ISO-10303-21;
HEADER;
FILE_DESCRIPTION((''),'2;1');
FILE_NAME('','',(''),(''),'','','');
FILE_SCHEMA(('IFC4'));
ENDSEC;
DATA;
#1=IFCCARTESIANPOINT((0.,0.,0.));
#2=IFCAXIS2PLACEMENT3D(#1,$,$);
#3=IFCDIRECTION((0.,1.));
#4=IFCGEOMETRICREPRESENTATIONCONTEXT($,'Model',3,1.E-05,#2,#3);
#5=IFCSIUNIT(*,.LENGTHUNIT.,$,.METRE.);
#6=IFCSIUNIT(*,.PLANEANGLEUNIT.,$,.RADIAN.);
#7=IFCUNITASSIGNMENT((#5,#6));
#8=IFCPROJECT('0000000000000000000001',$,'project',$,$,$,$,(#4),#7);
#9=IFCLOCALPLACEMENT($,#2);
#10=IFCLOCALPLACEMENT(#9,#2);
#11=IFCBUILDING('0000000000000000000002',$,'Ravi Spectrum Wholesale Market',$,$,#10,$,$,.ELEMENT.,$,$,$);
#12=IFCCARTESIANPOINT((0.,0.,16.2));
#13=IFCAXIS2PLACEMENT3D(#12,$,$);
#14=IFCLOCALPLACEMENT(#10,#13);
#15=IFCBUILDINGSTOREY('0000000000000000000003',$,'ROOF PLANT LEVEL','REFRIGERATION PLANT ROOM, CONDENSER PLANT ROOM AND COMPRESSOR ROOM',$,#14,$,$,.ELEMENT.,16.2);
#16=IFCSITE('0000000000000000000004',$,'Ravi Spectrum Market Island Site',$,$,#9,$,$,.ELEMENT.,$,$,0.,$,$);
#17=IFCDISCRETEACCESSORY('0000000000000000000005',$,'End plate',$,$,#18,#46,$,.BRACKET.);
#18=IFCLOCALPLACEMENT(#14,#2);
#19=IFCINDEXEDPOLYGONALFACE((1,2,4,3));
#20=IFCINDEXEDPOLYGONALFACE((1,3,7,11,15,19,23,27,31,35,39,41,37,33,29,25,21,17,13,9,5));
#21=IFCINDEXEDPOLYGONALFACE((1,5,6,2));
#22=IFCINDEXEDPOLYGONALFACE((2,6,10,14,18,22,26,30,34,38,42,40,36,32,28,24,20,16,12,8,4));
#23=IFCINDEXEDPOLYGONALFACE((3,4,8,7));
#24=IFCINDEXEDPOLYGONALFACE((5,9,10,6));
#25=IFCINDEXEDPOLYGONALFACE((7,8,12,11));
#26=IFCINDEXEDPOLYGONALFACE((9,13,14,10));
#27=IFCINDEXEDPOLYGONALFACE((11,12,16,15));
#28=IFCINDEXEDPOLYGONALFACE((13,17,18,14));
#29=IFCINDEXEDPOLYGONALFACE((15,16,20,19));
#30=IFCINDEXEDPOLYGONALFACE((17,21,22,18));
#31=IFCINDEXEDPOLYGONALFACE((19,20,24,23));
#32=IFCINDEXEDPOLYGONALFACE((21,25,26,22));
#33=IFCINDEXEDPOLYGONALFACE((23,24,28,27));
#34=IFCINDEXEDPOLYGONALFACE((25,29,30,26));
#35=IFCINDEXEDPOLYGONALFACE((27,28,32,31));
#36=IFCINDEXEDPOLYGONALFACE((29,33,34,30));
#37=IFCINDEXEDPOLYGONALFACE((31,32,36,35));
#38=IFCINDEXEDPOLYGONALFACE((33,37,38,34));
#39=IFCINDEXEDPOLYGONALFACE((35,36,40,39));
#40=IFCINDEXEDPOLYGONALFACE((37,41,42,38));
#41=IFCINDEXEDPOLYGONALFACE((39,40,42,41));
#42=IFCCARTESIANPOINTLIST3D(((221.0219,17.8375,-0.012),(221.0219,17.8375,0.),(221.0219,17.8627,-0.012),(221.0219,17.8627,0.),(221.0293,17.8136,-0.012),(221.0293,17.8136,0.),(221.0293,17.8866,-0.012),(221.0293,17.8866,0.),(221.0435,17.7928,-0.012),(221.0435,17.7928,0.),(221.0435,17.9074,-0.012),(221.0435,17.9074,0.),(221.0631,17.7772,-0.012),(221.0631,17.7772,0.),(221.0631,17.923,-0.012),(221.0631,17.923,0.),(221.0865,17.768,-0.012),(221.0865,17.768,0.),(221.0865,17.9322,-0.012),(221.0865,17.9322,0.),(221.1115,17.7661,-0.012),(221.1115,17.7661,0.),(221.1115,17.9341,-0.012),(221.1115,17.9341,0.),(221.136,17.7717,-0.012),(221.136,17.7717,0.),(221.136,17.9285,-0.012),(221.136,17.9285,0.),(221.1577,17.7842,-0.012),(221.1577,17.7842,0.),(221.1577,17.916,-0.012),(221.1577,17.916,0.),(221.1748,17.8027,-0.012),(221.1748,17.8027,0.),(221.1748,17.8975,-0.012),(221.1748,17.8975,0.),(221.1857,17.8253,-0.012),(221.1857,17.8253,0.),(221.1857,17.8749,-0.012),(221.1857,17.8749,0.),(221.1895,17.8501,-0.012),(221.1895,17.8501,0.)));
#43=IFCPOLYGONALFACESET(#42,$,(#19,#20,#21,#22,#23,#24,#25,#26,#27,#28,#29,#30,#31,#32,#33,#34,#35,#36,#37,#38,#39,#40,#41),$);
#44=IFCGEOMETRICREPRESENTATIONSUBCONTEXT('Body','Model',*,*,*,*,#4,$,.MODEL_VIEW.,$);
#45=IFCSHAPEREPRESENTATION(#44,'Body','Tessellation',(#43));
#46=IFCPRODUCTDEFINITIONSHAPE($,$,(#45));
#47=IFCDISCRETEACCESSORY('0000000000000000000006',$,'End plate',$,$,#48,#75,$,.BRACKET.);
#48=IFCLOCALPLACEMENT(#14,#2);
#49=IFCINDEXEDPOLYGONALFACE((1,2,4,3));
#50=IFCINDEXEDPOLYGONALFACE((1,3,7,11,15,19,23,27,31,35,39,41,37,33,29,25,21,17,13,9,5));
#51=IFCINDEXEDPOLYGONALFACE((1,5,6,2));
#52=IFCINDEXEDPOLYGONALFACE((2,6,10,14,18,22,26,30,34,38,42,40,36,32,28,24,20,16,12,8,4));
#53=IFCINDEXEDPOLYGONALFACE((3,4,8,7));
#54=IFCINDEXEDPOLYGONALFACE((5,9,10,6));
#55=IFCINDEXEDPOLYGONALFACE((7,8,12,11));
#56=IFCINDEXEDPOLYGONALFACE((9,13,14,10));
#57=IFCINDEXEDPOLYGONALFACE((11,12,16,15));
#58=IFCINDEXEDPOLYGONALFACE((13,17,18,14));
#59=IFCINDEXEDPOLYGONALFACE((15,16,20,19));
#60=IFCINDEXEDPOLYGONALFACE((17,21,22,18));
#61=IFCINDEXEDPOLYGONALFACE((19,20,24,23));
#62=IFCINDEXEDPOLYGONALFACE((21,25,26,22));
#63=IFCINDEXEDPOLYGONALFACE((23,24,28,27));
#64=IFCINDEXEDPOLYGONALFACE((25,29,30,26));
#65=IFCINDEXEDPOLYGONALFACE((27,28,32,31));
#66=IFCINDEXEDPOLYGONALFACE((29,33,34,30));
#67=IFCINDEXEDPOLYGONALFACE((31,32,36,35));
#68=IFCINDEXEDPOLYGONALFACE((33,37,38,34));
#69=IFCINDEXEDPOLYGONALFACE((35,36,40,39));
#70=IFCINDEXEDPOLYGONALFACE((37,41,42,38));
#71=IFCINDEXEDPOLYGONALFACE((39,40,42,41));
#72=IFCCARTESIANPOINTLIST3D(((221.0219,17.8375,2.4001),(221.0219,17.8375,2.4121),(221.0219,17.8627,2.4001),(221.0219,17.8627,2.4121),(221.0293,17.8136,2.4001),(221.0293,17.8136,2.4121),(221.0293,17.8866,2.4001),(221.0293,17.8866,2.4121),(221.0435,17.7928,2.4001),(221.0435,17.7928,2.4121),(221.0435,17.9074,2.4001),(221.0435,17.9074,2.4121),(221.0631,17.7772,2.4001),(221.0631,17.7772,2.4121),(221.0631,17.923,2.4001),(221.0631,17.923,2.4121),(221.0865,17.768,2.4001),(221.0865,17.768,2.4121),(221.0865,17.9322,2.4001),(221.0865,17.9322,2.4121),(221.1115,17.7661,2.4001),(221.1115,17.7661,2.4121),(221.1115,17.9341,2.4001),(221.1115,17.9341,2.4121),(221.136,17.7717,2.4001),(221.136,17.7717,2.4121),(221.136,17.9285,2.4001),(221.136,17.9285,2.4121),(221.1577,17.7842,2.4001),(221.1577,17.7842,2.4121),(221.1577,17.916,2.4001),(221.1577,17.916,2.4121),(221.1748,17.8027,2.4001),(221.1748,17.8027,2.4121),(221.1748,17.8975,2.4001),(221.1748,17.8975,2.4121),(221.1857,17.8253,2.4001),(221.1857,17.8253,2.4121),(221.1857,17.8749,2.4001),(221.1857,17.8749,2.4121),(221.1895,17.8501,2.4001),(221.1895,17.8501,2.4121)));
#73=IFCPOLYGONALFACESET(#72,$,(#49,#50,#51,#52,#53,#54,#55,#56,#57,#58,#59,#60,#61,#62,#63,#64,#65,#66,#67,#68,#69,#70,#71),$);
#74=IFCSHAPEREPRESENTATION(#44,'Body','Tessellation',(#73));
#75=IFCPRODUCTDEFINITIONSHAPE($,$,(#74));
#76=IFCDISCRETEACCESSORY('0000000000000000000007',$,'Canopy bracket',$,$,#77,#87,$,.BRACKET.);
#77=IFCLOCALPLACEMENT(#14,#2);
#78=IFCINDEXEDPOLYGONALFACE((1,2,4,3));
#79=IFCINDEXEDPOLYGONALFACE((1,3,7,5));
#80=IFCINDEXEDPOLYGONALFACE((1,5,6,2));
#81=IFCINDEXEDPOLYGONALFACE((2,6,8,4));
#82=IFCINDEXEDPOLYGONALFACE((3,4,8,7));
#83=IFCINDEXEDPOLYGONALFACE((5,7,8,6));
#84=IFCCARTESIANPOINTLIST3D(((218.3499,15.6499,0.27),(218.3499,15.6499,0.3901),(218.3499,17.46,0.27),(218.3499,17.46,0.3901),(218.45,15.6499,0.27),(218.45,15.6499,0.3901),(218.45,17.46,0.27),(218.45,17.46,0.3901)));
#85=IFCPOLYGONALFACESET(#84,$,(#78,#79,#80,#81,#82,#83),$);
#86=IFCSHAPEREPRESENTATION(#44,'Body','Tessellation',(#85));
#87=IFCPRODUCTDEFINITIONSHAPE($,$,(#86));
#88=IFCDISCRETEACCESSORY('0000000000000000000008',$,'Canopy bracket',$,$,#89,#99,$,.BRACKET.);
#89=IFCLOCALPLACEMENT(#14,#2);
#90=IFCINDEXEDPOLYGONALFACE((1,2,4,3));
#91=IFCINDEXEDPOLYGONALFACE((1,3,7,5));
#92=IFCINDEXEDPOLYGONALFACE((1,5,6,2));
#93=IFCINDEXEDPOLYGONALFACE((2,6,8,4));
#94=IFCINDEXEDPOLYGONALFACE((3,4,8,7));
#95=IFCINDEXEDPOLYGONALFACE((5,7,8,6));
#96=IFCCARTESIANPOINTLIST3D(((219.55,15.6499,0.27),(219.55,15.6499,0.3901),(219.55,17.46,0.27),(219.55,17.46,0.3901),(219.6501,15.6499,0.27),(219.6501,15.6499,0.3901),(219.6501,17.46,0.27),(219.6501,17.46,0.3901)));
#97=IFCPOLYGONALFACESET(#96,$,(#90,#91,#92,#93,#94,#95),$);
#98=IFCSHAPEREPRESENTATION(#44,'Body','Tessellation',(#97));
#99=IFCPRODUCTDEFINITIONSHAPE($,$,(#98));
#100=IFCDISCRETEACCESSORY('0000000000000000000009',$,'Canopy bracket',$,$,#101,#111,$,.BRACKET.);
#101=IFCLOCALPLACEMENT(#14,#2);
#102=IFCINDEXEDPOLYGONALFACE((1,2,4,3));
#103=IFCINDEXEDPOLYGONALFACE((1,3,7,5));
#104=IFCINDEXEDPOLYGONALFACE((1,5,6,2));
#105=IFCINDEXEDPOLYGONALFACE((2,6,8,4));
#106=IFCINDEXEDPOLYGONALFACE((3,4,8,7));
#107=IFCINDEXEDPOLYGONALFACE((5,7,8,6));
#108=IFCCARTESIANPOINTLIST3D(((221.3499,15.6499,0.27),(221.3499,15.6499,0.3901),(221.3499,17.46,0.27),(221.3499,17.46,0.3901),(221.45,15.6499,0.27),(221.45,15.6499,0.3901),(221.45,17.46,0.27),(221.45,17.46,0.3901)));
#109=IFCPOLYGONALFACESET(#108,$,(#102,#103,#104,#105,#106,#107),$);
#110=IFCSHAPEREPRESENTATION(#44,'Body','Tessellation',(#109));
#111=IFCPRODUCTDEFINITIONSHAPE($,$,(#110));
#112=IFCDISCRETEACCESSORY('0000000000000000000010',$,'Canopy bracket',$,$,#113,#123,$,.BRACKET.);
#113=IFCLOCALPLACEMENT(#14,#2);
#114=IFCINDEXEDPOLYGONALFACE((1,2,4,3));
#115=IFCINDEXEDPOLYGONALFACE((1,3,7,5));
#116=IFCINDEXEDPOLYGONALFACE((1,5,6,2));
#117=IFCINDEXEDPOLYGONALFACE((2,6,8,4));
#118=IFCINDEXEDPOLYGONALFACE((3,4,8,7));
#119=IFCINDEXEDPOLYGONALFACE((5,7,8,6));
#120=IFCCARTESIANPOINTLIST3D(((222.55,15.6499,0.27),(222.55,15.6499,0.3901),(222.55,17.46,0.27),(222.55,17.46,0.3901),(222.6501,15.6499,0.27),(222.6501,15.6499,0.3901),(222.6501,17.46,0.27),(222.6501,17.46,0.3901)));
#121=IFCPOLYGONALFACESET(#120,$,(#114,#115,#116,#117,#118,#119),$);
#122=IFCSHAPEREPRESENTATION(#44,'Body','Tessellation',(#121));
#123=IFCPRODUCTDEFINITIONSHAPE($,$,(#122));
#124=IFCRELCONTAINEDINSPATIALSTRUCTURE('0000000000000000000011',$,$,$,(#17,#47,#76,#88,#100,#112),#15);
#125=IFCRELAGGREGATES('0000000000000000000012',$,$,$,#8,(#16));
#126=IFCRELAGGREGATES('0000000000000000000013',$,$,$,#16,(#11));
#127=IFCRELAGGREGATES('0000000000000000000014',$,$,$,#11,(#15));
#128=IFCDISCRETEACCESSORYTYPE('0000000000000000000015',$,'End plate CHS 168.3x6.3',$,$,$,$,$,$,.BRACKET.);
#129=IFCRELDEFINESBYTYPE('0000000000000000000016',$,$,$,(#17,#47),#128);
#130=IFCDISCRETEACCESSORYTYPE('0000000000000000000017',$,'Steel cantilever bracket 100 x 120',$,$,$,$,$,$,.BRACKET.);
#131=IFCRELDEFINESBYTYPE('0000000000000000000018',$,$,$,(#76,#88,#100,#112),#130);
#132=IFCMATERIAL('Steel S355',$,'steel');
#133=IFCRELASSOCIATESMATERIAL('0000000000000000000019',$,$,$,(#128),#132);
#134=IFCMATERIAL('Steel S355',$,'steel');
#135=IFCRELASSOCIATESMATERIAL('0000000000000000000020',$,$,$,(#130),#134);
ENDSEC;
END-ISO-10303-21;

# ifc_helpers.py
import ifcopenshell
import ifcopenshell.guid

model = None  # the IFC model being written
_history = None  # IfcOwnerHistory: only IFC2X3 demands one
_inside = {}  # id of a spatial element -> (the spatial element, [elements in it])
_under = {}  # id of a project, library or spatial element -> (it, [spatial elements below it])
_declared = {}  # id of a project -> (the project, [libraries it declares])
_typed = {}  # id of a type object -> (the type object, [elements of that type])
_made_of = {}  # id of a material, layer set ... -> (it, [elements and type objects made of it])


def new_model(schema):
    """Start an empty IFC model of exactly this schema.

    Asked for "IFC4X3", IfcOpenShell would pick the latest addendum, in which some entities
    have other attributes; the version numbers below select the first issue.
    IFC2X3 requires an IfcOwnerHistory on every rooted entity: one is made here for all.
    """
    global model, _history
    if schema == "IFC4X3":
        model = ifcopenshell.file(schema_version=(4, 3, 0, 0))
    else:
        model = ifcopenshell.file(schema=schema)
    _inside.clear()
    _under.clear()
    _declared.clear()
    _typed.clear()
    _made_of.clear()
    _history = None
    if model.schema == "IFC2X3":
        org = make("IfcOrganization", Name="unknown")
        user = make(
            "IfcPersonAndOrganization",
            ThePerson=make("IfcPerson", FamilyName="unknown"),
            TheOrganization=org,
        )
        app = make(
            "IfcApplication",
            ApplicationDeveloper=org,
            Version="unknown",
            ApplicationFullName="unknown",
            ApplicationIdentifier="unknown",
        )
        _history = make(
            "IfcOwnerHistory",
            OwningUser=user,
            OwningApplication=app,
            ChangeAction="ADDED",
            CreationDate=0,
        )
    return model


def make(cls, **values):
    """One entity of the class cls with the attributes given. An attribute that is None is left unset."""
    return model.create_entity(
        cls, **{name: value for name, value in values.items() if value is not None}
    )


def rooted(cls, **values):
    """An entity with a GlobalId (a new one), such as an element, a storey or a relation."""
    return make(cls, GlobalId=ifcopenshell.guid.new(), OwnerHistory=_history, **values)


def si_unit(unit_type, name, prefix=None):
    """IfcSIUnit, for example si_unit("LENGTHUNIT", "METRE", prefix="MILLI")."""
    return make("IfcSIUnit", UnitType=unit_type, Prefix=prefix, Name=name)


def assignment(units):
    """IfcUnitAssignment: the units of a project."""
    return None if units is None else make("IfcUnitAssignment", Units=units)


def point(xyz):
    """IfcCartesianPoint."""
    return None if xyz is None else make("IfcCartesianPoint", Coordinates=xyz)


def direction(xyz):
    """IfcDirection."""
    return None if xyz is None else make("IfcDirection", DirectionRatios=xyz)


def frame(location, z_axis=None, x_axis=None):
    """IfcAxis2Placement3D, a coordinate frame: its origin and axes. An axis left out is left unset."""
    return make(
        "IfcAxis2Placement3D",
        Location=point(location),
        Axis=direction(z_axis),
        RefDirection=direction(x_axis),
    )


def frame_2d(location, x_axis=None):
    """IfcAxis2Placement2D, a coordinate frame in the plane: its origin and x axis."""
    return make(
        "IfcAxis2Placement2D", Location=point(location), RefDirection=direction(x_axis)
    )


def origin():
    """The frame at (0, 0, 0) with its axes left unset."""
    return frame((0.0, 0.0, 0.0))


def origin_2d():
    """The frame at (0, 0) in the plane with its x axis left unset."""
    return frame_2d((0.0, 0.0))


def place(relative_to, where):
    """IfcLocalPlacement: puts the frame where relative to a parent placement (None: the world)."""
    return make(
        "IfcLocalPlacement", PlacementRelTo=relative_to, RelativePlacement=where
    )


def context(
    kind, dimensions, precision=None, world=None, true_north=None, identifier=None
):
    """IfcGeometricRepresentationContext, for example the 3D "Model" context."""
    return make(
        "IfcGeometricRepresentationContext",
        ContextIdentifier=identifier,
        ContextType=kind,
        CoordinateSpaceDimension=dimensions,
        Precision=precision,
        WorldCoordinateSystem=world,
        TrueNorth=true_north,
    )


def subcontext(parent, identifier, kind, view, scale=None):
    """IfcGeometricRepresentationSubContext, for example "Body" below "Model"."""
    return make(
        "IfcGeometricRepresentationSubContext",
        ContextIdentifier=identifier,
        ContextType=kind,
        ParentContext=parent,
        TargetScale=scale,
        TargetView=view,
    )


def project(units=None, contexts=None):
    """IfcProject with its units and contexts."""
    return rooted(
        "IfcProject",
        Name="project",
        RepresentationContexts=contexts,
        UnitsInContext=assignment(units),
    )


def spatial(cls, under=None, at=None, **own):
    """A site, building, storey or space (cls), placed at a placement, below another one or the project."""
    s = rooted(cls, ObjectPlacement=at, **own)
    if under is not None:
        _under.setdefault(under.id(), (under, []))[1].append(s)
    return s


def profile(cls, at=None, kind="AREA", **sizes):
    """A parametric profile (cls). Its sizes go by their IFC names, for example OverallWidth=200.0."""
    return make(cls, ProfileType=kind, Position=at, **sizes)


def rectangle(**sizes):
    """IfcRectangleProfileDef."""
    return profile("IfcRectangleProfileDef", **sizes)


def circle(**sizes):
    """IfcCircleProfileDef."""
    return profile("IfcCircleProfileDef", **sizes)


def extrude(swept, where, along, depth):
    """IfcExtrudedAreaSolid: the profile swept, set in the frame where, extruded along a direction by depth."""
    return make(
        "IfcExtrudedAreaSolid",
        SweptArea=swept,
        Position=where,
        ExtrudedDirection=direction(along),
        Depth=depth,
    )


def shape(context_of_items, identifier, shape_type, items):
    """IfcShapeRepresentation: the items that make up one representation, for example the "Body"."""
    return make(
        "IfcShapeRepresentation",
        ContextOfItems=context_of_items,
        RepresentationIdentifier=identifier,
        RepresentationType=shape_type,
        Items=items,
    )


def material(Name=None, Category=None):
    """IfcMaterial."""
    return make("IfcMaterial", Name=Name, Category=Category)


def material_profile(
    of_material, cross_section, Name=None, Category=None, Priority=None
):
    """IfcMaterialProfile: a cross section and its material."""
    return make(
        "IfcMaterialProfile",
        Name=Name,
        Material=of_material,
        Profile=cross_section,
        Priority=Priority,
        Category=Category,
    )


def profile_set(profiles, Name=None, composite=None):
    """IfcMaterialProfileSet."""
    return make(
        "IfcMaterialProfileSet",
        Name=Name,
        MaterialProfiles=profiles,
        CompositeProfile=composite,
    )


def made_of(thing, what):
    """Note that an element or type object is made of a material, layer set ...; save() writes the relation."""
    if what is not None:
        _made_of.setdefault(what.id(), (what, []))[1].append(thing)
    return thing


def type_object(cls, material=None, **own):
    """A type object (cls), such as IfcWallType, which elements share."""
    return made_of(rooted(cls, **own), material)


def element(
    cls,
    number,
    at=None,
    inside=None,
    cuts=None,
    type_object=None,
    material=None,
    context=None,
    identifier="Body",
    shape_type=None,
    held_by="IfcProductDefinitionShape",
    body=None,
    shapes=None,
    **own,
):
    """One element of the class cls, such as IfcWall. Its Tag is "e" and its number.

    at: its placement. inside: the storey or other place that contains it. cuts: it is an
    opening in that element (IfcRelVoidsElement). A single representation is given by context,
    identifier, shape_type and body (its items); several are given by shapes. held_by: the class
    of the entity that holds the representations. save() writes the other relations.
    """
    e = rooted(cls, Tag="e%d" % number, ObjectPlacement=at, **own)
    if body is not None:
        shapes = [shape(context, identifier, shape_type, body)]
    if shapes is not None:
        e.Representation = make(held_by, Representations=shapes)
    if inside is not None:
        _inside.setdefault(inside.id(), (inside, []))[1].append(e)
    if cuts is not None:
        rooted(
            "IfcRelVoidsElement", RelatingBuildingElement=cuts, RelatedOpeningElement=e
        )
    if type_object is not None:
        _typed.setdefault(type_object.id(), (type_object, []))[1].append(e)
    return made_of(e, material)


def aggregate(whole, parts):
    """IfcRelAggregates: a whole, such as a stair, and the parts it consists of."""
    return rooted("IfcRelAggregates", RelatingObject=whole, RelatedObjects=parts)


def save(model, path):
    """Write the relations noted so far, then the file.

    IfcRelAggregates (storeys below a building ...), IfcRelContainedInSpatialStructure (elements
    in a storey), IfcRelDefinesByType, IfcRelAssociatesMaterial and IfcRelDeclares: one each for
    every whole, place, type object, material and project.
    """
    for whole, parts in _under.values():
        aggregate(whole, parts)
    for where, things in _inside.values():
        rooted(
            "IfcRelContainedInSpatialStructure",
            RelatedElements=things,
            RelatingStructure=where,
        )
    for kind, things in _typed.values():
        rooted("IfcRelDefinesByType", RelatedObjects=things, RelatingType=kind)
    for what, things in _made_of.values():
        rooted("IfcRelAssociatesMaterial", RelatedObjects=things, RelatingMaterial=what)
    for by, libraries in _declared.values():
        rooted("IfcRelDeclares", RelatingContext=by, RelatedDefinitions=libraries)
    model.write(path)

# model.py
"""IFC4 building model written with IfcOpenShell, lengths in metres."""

from ifc_helpers import new_model, si_unit, direction, frame, origin, origin_2d, place, context, subcontext, project, spatial, rectangle, circle, extrude, material, material_profile, profile_set, type_object, element, save


model = new_model("IFC4")

# Units and contexts
model_context = context("Model", 3, precision=1e-05, world=origin(), true_north=direction((0.0, 1.0)))
body_context = subcontext(model_context, "Body", "Model", "MODEL_VIEW")
ifc_project = project(units=[si_unit("LENGTHUNIT", "METRE"), si_unit("PLANEANGLEUNIT", "RADIAN")], contexts=[model_context])

# Site, building, storey
site_placement = place(None, origin())
site = spatial("IfcSite", under=ifc_project, at=site_placement, Name="Ravi Spectrum Market Island Site", CompositionType="ELEMENT", RefElevation=0.0)
building_placement = place(site_placement, origin())
building = spatial("IfcBuilding", under=site, at=building_placement, Name="Ravi Spectrum Wholesale Market", CompositionType="ELEMENT")
storey_placement = place(building_placement, frame((0.0, 0.0, 16.2)))
storey = spatial("IfcBuildingStorey", under=building, at=storey_placement, Name="ROOF PLANT LEVEL", Description="REFRIGERATION PLANT ROOM, CONDENSER PLANT ROOM AND COMPRESSOR ROOM", CompositionType="ELEMENT", Elevation=16.2)

# Discrete accessories
ifc_material_1 = material(Name="Steel S355", Category="steel")
ifc_material_profile_1 = material_profile(ifc_material_1, circle(Radius=0.0842, at=origin_2d()))
ifc_profile_set_1 = profile_set([ifc_material_profile_1], Name="Steel S355")
discrete_accessory_type_1 = type_object("IfcDiscreteAccessoryType", Name="End plate CHS 168.3x6.3", PredefinedType="BRACKET", material=ifc_profile_set_1)
for number, where, z_axis, x_axis, name in (
    (1, (221.1052, 17.8501, 0.0), (0.0, 0.0, -1.0), (1.0, 0.0, 0.0), "End plate"),
    (2, (221.1052, 17.8501, 2.4001), (0.0, 0.0, 1.0), (1.0, 0.0, 0.0), "End plate"),
):
    element("IfcDiscreteAccessory", number, at=place(storey_placement, frame(where, z_axis=z_axis, x_axis=x_axis)), inside=storey, type_object=discrete_accessory_type_1, Name=name, PredefinedType="BRACKET", context=body_context, shape_type="SweptSolid", body=[
        extrude(circle(Radius=0.0842, at=origin_2d()), origin(), (0.0, 0.0, 1.0), 0.012),
    ])
ifc_material_2 = material(Name="Steel S355", Category="steel")
discrete_accessory_type_2 = type_object("IfcDiscreteAccessoryType", Name="Steel cantilever bracket 100 x 120", PredefinedType="BRACKET", material=ifc_material_2)
for number, where, z_axis, x_axis, name in (
    (3, (218.3999, 16.5549, 0.27), (0.0, 0.0, 1.0), (1.0, 0.0, 0.0), "Canopy bracket"),
    (4, (219.6001, 16.5549, 0.27), (0.0, 0.0, 1.0), (1.0, 0.0, 0.0), "Canopy bracket"),
    (5, (221.3999, 16.5549, 0.27), (0.0, 0.0, 1.0), (1.0, 0.0, 0.0), "Canopy bracket"),
    (6, (222.6001, 16.5549, 0.27), (0.0, 0.0, 1.0), (1.0, 0.0, 0.0), "Canopy bracket"),
):
    element("IfcDiscreteAccessory", number, at=place(storey_placement, frame(where, z_axis=z_axis, x_axis=x_axis)), inside=storey, type_object=discrete_accessory_type_2, Name=name, PredefinedType="BRACKET", context=body_context, shape_type="SweptSolid", body=[
        extrude(rectangle(XDim=0.1001, YDim=1.8101, at=origin_2d()), origin(), (0.0, 0.0, 1.0), 0.1201),
    ])

save(model, "model.ifc")
